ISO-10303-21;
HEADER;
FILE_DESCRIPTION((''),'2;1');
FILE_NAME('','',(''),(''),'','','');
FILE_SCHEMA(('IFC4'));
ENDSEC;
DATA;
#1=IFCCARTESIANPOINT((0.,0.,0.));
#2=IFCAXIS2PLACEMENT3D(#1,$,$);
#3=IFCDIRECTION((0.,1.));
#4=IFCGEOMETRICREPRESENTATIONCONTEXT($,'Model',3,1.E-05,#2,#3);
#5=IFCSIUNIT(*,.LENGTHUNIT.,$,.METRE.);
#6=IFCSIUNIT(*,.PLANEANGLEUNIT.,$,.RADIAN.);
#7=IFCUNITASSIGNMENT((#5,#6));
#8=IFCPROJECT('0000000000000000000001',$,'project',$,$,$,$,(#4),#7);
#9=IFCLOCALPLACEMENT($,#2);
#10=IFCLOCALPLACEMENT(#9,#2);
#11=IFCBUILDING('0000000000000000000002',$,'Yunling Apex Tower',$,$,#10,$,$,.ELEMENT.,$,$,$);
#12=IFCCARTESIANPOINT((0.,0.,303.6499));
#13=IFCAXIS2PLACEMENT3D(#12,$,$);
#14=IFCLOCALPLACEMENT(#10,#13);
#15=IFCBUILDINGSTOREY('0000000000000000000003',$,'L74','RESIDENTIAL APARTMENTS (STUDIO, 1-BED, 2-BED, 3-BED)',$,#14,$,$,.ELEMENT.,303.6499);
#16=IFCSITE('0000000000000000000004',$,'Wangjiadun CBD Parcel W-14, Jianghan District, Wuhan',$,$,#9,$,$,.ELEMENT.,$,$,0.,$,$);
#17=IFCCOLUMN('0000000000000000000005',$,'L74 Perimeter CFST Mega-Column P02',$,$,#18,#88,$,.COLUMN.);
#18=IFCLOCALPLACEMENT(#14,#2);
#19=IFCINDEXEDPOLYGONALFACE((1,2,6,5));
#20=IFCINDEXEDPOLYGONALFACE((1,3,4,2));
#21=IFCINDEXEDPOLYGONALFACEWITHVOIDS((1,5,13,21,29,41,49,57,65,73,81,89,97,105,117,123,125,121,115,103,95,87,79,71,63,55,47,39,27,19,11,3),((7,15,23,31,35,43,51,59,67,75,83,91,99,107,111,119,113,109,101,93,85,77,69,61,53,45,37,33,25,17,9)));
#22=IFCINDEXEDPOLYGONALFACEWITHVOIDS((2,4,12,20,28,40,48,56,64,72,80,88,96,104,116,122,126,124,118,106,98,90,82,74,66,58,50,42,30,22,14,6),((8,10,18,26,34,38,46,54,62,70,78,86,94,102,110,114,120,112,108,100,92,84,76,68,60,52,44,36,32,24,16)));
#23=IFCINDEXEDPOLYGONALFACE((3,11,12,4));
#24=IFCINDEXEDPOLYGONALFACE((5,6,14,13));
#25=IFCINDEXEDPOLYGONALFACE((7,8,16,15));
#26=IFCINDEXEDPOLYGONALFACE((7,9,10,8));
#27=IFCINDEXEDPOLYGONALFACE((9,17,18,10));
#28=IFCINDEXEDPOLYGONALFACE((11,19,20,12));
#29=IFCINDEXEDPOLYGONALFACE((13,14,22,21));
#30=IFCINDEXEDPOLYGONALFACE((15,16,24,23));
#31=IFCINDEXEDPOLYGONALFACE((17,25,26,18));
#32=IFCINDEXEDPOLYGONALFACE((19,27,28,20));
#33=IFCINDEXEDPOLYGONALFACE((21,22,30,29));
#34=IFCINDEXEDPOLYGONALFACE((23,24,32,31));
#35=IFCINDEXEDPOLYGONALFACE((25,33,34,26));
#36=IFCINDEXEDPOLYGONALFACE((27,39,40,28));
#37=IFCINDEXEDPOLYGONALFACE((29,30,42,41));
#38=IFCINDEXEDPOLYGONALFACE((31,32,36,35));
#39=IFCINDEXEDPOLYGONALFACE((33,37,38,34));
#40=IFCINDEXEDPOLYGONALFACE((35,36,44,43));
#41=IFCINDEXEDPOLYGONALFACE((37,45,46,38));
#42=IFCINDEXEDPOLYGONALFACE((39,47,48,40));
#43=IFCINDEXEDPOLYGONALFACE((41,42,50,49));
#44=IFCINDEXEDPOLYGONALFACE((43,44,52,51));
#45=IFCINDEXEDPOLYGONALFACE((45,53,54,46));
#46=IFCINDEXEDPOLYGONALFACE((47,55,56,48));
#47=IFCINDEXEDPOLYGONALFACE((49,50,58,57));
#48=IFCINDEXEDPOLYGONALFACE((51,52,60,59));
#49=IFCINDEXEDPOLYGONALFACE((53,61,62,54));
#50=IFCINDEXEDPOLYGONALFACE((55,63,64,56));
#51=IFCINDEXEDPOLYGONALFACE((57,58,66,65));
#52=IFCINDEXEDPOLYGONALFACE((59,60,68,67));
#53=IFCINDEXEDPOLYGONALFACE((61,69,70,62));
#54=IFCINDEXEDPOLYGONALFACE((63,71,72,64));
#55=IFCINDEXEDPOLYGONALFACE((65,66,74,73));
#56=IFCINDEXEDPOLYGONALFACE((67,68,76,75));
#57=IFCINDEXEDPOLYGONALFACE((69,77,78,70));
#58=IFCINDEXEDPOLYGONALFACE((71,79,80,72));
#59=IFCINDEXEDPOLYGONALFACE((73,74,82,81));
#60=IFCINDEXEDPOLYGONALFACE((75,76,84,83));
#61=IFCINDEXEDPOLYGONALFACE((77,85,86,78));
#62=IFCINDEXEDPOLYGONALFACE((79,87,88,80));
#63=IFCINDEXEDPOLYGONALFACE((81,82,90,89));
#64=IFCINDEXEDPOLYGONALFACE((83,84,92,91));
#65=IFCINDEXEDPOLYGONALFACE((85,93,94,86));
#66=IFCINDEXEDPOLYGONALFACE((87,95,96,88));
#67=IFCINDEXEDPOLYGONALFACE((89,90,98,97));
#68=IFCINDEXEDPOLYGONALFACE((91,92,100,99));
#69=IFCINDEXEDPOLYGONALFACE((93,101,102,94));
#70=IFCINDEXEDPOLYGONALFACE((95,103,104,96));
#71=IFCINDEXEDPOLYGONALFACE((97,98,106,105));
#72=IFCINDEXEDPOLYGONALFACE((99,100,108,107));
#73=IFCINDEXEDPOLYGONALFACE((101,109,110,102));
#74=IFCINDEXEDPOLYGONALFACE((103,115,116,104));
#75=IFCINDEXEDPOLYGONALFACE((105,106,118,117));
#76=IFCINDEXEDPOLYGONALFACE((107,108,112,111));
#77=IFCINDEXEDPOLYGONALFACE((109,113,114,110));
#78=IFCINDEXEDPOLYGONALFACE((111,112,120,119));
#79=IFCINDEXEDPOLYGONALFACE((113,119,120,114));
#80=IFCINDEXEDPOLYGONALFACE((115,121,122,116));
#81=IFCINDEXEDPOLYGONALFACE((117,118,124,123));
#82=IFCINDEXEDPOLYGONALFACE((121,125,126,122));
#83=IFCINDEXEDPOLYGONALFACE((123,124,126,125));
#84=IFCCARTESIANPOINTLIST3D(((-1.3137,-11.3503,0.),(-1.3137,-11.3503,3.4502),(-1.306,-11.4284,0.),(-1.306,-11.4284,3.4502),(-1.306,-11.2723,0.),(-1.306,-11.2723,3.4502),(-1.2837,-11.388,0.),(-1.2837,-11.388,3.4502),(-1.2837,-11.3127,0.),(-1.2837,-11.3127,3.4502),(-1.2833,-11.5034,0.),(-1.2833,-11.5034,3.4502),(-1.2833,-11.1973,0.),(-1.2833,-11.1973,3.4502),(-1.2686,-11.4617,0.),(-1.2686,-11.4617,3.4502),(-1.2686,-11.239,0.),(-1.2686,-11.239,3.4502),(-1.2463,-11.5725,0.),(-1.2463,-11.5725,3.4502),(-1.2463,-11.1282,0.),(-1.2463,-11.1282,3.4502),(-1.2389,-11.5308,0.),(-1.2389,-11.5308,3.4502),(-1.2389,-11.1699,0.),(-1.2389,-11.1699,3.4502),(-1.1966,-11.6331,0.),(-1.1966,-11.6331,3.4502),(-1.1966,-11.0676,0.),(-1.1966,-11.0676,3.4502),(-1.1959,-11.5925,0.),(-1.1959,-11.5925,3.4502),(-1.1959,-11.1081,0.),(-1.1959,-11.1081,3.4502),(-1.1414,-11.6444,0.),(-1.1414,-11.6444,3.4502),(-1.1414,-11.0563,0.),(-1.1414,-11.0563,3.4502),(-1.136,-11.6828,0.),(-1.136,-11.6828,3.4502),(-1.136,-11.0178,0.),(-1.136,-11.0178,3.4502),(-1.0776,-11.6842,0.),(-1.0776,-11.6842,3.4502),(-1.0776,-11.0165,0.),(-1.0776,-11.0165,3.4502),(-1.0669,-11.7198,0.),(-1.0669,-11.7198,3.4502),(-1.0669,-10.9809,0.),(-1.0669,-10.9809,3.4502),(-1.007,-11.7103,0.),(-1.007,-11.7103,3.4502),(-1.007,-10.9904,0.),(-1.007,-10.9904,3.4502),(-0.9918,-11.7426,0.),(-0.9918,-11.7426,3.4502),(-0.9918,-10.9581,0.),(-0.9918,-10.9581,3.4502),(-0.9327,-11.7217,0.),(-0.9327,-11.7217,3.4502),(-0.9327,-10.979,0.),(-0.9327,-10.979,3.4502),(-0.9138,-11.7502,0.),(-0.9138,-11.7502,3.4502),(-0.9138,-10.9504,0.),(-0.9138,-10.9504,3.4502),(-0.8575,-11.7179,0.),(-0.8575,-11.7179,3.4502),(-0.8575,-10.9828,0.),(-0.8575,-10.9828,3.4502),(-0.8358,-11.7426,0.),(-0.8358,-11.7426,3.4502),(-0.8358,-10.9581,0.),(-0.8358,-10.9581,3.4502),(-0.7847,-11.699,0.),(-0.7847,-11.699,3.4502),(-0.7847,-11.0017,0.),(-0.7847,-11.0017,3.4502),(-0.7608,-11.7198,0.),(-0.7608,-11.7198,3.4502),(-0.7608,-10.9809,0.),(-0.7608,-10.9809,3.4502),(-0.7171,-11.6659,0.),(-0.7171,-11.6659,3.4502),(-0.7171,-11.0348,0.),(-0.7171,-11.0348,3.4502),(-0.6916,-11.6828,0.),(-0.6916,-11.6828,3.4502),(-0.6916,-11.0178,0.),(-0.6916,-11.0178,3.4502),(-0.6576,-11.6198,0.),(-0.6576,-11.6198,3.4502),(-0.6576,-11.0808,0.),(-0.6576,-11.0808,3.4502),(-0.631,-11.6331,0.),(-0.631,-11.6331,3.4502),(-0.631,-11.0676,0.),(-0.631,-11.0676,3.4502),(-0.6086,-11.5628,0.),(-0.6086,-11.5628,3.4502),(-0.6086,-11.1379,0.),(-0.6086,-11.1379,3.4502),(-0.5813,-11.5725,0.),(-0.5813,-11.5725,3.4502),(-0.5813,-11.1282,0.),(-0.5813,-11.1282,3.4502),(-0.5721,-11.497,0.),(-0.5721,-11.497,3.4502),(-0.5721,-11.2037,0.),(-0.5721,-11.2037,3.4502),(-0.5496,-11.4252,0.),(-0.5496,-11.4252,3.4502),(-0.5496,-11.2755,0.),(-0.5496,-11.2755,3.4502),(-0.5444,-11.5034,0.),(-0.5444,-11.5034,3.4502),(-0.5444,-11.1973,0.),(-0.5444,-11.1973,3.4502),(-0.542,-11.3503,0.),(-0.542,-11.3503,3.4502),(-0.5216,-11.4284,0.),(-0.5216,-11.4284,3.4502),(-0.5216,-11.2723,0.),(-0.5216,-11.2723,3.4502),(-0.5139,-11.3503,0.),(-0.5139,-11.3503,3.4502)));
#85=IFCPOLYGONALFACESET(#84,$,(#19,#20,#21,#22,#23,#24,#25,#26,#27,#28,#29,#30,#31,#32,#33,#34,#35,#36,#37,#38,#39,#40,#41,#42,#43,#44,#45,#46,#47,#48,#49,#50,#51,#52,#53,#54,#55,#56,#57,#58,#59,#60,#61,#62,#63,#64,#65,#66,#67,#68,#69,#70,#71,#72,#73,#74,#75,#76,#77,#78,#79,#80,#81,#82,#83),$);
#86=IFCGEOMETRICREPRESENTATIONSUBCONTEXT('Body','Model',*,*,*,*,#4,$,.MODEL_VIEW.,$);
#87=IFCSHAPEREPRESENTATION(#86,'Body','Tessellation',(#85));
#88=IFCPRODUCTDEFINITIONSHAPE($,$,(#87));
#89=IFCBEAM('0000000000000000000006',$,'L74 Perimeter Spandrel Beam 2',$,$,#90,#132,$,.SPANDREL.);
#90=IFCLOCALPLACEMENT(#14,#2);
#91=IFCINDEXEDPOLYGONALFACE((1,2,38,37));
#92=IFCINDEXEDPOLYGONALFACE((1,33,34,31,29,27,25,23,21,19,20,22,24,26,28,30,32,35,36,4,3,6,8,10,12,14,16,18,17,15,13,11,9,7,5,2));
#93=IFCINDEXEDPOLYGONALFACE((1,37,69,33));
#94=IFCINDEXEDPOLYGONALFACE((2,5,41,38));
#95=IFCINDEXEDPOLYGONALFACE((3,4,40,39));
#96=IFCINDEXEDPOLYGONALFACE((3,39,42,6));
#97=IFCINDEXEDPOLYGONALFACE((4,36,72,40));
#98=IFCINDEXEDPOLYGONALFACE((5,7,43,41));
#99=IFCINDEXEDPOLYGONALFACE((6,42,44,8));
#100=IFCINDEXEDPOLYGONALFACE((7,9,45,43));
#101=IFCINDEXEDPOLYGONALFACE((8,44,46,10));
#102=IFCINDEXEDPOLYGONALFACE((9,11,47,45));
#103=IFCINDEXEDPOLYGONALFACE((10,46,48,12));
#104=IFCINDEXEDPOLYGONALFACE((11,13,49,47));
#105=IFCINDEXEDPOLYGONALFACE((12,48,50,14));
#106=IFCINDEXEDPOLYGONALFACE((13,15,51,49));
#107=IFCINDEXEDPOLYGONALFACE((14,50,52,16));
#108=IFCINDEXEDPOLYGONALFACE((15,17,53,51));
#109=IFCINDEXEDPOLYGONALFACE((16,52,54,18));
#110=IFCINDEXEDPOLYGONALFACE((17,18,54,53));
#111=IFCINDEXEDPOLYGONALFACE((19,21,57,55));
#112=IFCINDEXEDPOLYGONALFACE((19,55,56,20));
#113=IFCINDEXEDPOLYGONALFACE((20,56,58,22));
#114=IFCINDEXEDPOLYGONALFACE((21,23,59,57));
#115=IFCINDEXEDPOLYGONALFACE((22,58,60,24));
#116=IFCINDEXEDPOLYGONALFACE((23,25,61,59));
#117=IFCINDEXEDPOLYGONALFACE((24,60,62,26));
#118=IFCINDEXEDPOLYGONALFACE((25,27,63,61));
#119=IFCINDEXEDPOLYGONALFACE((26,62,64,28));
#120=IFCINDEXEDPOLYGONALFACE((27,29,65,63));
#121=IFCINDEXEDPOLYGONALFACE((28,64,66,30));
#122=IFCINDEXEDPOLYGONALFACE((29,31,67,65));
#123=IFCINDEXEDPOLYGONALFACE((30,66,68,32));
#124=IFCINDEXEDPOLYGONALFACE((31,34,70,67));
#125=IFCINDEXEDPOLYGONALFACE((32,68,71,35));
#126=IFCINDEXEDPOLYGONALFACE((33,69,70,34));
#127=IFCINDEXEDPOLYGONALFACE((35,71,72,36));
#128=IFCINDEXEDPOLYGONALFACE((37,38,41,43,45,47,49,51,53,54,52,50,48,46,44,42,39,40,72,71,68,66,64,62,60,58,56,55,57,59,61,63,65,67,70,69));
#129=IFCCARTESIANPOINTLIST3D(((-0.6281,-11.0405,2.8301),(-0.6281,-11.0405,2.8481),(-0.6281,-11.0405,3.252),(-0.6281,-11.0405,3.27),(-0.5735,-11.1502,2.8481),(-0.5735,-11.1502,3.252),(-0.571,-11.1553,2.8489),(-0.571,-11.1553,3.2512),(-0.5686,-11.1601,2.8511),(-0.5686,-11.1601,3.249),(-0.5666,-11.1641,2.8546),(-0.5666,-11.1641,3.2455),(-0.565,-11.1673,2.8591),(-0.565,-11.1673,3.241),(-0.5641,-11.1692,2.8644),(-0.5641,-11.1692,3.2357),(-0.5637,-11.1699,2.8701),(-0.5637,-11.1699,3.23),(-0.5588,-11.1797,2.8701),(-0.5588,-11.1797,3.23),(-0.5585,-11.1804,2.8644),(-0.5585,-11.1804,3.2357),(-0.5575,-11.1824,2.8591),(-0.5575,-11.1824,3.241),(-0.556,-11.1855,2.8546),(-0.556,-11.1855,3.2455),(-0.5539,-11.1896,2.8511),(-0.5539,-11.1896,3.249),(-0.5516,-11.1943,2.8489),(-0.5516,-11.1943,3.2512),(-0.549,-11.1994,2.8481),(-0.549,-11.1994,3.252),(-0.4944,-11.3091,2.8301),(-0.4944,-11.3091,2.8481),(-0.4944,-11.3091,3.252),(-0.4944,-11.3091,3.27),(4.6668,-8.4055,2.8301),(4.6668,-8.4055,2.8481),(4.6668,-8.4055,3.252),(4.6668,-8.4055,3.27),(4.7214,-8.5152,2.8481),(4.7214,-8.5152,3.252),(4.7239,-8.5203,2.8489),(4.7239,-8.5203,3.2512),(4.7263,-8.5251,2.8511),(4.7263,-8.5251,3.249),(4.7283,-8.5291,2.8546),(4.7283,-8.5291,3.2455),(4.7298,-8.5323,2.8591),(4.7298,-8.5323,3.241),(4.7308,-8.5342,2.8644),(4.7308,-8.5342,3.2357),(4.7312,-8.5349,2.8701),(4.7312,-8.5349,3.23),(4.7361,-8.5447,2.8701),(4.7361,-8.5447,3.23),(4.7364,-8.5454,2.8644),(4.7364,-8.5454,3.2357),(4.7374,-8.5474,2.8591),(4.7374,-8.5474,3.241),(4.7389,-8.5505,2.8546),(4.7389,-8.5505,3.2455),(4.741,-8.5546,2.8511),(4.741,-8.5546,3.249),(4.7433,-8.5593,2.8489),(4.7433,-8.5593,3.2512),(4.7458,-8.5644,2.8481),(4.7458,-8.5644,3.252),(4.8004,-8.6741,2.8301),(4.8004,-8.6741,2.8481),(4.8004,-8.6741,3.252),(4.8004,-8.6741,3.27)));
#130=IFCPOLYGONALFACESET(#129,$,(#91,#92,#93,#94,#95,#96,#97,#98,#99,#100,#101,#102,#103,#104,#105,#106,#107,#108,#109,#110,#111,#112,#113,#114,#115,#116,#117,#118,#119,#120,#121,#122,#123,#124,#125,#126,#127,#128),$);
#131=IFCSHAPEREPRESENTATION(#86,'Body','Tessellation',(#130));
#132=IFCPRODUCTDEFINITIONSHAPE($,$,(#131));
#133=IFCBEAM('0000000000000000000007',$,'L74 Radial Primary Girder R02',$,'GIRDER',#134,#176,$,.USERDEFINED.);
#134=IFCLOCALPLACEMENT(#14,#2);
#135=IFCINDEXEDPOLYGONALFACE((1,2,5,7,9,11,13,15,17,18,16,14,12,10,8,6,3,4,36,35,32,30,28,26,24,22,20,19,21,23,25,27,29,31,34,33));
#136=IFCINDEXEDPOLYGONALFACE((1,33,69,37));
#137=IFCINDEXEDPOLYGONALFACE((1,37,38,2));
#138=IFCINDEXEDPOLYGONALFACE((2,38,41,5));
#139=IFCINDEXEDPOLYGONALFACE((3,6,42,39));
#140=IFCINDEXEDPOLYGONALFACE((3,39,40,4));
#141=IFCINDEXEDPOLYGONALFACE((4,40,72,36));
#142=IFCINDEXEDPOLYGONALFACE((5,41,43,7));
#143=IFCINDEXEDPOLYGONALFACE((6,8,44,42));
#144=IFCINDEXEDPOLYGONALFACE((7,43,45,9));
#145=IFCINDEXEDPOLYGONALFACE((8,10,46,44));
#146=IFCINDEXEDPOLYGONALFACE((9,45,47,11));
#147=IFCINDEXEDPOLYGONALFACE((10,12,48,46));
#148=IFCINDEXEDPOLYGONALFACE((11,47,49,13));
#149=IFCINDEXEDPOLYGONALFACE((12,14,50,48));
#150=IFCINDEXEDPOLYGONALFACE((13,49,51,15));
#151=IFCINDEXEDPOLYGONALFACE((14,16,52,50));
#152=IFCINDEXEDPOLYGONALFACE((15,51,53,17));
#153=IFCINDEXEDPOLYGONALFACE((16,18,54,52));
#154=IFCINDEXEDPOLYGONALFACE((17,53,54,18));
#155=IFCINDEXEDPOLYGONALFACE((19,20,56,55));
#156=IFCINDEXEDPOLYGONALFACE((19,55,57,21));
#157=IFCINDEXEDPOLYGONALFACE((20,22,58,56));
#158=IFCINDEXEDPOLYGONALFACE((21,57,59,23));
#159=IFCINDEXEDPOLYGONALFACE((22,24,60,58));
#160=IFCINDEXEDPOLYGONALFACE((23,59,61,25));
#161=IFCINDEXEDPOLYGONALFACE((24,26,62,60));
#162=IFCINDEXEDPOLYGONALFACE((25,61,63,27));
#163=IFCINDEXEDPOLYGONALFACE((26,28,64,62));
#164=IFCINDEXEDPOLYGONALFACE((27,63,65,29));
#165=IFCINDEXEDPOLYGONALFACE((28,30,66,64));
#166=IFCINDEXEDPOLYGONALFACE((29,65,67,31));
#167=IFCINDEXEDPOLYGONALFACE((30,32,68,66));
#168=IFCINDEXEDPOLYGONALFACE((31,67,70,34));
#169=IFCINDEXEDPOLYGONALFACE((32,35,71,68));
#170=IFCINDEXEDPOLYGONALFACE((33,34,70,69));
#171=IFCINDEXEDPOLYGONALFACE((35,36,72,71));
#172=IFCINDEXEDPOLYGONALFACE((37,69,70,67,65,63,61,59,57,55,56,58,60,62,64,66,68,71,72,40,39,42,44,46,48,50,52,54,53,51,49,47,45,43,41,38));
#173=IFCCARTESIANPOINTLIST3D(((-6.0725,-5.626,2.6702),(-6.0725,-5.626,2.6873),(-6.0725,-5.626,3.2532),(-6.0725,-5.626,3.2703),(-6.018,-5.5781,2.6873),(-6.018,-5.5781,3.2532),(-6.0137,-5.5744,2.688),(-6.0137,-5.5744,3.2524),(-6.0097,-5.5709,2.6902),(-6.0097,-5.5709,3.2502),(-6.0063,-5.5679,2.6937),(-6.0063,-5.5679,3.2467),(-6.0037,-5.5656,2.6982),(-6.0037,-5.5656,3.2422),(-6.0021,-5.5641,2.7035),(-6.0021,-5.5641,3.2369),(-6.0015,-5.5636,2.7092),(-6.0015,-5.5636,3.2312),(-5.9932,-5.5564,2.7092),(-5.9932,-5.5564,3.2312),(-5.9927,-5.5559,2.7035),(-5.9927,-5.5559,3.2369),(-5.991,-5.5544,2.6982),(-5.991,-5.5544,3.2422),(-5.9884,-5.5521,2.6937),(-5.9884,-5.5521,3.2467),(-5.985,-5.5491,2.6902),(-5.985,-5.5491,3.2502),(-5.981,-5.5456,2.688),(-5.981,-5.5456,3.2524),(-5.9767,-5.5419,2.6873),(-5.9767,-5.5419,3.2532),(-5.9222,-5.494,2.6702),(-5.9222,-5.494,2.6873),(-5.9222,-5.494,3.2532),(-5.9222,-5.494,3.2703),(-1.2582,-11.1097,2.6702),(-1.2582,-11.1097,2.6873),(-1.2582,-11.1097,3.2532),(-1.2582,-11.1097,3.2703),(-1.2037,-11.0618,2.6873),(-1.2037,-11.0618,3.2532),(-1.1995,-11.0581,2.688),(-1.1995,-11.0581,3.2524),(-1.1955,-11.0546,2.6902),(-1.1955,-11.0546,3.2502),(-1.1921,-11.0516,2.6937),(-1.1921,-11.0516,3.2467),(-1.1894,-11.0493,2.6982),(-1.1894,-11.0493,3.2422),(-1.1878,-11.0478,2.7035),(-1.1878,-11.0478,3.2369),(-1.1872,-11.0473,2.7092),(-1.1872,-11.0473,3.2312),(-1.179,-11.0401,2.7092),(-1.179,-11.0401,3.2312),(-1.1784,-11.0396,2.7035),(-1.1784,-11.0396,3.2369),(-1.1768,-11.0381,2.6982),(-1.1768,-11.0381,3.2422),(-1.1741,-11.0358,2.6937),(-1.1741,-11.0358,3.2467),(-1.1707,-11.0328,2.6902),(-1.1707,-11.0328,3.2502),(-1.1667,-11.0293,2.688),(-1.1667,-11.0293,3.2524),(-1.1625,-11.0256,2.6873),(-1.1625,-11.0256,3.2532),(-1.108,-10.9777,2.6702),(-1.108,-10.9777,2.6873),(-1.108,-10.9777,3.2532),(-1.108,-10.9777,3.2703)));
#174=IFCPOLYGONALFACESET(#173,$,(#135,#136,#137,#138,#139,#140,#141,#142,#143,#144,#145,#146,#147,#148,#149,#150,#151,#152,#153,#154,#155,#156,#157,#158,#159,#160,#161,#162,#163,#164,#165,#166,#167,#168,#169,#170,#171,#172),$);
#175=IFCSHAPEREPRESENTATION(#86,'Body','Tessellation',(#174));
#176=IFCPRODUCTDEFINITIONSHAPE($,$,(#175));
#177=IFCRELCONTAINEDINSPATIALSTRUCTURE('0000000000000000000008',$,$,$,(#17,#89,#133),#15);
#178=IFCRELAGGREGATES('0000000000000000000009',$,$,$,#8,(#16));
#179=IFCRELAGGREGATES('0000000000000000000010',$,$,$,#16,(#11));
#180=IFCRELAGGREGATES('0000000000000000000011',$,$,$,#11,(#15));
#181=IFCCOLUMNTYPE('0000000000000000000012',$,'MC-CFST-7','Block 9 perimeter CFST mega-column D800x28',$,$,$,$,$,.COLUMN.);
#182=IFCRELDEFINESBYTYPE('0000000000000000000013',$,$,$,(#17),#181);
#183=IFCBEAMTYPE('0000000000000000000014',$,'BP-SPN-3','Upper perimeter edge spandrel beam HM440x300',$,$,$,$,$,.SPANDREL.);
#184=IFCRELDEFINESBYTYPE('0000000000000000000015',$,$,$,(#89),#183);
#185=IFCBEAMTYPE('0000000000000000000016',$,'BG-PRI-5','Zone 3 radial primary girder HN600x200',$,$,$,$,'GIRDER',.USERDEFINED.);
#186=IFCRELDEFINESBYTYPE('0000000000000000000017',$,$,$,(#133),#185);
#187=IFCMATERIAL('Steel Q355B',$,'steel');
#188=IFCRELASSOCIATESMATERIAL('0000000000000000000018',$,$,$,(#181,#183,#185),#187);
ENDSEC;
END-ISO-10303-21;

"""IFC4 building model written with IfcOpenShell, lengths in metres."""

from ifc_helpers import new_model, si_unit, direction, frame, origin, origin_2d, place, context, subcontext, project, spatial, hollow_circle, i_section, extrude, source, transform, mapped, material, material_profile, profile_set, type_object, element, save


model = new_model("IFC4")

# Units and contexts
model_context = context("Model", 3, precision=1e-05, world=origin(), true_north=direction((0.0, 1.0)))
body_context = subcontext(model_context, "Body", "Model", "MODEL_VIEW")
ifc_project = project(units=[si_unit("LENGTHUNIT", "METRE"), si_unit("PLANEANGLEUNIT", "RADIAN")], contexts=[model_context])

# Site, building, storey
site_placement = place(None, origin())
site = spatial("IfcSite", under=ifc_project, at=site_placement, Name="Wangjiadun CBD Parcel W-14, Jianghan District, Wuhan", CompositionType="ELEMENT", RefElevation=0.0)
building_placement = place(site_placement, origin())
building = spatial("IfcBuilding", under=site, at=building_placement, Name="Yunling Apex Tower", CompositionType="ELEMENT")
storey_placement = place(building_placement, frame((0.0, 0.0, 303.6499)))
storey = spatial("IfcBuildingStorey", under=building, at=storey_placement, Name="L74", Description="RESIDENTIAL APARTMENTS (STUDIO, 1-BED, 2-BED, 3-BED)", CompositionType="ELEMENT", Elevation=303.6499)

# Column
ifc_material_1 = material(Name="Steel Q355B", Category="steel")
ifc_material_profile_1 = material_profile(ifc_material_1, hollow_circle(Radius=0.3999, WallThickness=0.0281, at=origin_2d()))
ifc_profile_set_1 = profile_set([ifc_material_profile_1], Name="Steel Q355B")
column_type = type_object("IfcColumnType", Name="MC-CFST-7", Description="Block 9 perimeter CFST mega-column D800x28", PredefinedType="COLUMN", material=ifc_profile_set_1)
shared_shape_1 = source(origin(), body_context, "Body", "SweptSolid", [
    extrude(hollow_circle(Radius=0.3999, WallThickness=0.0281, at=origin_2d()), origin(), (0.0, 0.0, 1.0), 3.4502),
])
column_placement = place(storey_placement, frame((-0.9138, -11.3503, 0.0), z_axis=(0.0, 0.0, 1.0), x_axis=(1.0, 0.0, 0.0)))
element("IfcColumn", 1, at=column_placement, inside=storey, type_object=column_type, Name="L74 Perimeter CFST Mega-Column P02", PredefinedType="COLUMN", context=body_context, shape_type="MappedRepresentation", body=[
    mapped(shared_shape_1, transform((0.0, 0.0, 0.0), scale=1.0)),
])

# Beams
ifc_material_profile_2 = material_profile(ifc_material_1, i_section(OverallWidth=0.3, OverallDepth=0.4399, WebThickness=0.011, FlangeThickness=0.0181, FilletRadius=0.022, at=origin_2d()))
ifc_profile_set_2 = profile_set([ifc_material_profile_2], Name="Steel Q355B")
beam_type_1 = type_object("IfcBeamType", Name="BP-SPN-3", Description="Upper perimeter edge spandrel beam HM440x300", PredefinedType="SPANDREL", material=ifc_profile_set_2)
shared_shape_2 = source(origin(), body_context, "Body", "SweptSolid", [
    extrude(i_section(OverallWidth=0.3, OverallDepth=0.4399, WebThickness=0.011, FlangeThickness=0.0181, FilletRadius=0.022, at=origin_2d()), origin(), (0.0, 0.0, 1.0), 5.9143),
])
beam_1_placement = place(storey_placement, frame((-0.5613, -11.1748, 3.05), z_axis=(0.895268, 0.445529, 0.0), x_axis=(-0.445529, 0.895268, 0.0)))
element("IfcBeam", 2, at=beam_1_placement, inside=storey, type_object=beam_type_1, Name="L74 Perimeter Spandrel Beam 2", PredefinedType="SPANDREL", context=body_context, shape_type="MappedRepresentation", body=[
    mapped(shared_shape_2, transform((0.0, 0.0, 0.0), scale=1.0)),
])
ifc_material_profile_3 = material_profile(ifc_material_1, i_section(OverallWidth=0.2, OverallDepth=0.6001, WebThickness=0.011, FlangeThickness=0.0171, FilletRadius=0.022, at=origin_2d()))
ifc_profile_set_3 = profile_set([ifc_material_profile_3], Name="Steel Q355B")
beam_type_2 = type_object("IfcBeamType", Name="BG-PRI-5", Description="Zone 3 radial primary girder HN600x200", ElementType="GIRDER", PredefinedType="USERDEFINED", material=ifc_profile_set_3)
shared_shape_3 = source(origin(), body_context, "Body", "SweptSolid", [
    extrude(i_section(OverallWidth=0.2, OverallDepth=0.6001, WebThickness=0.011, FlangeThickness=0.0171, FilletRadius=0.022, at=origin_2d()), origin(), (0.0, 0.0, 1.0), 7.2971),
])
beam_2_placement = place(storey_placement, frame((-1.1831, -11.0437, 2.9702), z_axis=(-0.659747, 0.751488, 0.0), x_axis=(-0.751488, -0.659747, 0.0)))
element("IfcBeam", 3, at=beam_2_placement, inside=storey, type_object=beam_type_2, Name="L74 Radial Primary Girder R02", ObjectType="GIRDER", PredefinedType="USERDEFINED", context=body_context, shape_type="MappedRepresentation", body=[
    mapped(shared_shape_3, transform((0.0, 0.0, 0.0), scale=1.0)),
])

save(model, "model.ifc")
